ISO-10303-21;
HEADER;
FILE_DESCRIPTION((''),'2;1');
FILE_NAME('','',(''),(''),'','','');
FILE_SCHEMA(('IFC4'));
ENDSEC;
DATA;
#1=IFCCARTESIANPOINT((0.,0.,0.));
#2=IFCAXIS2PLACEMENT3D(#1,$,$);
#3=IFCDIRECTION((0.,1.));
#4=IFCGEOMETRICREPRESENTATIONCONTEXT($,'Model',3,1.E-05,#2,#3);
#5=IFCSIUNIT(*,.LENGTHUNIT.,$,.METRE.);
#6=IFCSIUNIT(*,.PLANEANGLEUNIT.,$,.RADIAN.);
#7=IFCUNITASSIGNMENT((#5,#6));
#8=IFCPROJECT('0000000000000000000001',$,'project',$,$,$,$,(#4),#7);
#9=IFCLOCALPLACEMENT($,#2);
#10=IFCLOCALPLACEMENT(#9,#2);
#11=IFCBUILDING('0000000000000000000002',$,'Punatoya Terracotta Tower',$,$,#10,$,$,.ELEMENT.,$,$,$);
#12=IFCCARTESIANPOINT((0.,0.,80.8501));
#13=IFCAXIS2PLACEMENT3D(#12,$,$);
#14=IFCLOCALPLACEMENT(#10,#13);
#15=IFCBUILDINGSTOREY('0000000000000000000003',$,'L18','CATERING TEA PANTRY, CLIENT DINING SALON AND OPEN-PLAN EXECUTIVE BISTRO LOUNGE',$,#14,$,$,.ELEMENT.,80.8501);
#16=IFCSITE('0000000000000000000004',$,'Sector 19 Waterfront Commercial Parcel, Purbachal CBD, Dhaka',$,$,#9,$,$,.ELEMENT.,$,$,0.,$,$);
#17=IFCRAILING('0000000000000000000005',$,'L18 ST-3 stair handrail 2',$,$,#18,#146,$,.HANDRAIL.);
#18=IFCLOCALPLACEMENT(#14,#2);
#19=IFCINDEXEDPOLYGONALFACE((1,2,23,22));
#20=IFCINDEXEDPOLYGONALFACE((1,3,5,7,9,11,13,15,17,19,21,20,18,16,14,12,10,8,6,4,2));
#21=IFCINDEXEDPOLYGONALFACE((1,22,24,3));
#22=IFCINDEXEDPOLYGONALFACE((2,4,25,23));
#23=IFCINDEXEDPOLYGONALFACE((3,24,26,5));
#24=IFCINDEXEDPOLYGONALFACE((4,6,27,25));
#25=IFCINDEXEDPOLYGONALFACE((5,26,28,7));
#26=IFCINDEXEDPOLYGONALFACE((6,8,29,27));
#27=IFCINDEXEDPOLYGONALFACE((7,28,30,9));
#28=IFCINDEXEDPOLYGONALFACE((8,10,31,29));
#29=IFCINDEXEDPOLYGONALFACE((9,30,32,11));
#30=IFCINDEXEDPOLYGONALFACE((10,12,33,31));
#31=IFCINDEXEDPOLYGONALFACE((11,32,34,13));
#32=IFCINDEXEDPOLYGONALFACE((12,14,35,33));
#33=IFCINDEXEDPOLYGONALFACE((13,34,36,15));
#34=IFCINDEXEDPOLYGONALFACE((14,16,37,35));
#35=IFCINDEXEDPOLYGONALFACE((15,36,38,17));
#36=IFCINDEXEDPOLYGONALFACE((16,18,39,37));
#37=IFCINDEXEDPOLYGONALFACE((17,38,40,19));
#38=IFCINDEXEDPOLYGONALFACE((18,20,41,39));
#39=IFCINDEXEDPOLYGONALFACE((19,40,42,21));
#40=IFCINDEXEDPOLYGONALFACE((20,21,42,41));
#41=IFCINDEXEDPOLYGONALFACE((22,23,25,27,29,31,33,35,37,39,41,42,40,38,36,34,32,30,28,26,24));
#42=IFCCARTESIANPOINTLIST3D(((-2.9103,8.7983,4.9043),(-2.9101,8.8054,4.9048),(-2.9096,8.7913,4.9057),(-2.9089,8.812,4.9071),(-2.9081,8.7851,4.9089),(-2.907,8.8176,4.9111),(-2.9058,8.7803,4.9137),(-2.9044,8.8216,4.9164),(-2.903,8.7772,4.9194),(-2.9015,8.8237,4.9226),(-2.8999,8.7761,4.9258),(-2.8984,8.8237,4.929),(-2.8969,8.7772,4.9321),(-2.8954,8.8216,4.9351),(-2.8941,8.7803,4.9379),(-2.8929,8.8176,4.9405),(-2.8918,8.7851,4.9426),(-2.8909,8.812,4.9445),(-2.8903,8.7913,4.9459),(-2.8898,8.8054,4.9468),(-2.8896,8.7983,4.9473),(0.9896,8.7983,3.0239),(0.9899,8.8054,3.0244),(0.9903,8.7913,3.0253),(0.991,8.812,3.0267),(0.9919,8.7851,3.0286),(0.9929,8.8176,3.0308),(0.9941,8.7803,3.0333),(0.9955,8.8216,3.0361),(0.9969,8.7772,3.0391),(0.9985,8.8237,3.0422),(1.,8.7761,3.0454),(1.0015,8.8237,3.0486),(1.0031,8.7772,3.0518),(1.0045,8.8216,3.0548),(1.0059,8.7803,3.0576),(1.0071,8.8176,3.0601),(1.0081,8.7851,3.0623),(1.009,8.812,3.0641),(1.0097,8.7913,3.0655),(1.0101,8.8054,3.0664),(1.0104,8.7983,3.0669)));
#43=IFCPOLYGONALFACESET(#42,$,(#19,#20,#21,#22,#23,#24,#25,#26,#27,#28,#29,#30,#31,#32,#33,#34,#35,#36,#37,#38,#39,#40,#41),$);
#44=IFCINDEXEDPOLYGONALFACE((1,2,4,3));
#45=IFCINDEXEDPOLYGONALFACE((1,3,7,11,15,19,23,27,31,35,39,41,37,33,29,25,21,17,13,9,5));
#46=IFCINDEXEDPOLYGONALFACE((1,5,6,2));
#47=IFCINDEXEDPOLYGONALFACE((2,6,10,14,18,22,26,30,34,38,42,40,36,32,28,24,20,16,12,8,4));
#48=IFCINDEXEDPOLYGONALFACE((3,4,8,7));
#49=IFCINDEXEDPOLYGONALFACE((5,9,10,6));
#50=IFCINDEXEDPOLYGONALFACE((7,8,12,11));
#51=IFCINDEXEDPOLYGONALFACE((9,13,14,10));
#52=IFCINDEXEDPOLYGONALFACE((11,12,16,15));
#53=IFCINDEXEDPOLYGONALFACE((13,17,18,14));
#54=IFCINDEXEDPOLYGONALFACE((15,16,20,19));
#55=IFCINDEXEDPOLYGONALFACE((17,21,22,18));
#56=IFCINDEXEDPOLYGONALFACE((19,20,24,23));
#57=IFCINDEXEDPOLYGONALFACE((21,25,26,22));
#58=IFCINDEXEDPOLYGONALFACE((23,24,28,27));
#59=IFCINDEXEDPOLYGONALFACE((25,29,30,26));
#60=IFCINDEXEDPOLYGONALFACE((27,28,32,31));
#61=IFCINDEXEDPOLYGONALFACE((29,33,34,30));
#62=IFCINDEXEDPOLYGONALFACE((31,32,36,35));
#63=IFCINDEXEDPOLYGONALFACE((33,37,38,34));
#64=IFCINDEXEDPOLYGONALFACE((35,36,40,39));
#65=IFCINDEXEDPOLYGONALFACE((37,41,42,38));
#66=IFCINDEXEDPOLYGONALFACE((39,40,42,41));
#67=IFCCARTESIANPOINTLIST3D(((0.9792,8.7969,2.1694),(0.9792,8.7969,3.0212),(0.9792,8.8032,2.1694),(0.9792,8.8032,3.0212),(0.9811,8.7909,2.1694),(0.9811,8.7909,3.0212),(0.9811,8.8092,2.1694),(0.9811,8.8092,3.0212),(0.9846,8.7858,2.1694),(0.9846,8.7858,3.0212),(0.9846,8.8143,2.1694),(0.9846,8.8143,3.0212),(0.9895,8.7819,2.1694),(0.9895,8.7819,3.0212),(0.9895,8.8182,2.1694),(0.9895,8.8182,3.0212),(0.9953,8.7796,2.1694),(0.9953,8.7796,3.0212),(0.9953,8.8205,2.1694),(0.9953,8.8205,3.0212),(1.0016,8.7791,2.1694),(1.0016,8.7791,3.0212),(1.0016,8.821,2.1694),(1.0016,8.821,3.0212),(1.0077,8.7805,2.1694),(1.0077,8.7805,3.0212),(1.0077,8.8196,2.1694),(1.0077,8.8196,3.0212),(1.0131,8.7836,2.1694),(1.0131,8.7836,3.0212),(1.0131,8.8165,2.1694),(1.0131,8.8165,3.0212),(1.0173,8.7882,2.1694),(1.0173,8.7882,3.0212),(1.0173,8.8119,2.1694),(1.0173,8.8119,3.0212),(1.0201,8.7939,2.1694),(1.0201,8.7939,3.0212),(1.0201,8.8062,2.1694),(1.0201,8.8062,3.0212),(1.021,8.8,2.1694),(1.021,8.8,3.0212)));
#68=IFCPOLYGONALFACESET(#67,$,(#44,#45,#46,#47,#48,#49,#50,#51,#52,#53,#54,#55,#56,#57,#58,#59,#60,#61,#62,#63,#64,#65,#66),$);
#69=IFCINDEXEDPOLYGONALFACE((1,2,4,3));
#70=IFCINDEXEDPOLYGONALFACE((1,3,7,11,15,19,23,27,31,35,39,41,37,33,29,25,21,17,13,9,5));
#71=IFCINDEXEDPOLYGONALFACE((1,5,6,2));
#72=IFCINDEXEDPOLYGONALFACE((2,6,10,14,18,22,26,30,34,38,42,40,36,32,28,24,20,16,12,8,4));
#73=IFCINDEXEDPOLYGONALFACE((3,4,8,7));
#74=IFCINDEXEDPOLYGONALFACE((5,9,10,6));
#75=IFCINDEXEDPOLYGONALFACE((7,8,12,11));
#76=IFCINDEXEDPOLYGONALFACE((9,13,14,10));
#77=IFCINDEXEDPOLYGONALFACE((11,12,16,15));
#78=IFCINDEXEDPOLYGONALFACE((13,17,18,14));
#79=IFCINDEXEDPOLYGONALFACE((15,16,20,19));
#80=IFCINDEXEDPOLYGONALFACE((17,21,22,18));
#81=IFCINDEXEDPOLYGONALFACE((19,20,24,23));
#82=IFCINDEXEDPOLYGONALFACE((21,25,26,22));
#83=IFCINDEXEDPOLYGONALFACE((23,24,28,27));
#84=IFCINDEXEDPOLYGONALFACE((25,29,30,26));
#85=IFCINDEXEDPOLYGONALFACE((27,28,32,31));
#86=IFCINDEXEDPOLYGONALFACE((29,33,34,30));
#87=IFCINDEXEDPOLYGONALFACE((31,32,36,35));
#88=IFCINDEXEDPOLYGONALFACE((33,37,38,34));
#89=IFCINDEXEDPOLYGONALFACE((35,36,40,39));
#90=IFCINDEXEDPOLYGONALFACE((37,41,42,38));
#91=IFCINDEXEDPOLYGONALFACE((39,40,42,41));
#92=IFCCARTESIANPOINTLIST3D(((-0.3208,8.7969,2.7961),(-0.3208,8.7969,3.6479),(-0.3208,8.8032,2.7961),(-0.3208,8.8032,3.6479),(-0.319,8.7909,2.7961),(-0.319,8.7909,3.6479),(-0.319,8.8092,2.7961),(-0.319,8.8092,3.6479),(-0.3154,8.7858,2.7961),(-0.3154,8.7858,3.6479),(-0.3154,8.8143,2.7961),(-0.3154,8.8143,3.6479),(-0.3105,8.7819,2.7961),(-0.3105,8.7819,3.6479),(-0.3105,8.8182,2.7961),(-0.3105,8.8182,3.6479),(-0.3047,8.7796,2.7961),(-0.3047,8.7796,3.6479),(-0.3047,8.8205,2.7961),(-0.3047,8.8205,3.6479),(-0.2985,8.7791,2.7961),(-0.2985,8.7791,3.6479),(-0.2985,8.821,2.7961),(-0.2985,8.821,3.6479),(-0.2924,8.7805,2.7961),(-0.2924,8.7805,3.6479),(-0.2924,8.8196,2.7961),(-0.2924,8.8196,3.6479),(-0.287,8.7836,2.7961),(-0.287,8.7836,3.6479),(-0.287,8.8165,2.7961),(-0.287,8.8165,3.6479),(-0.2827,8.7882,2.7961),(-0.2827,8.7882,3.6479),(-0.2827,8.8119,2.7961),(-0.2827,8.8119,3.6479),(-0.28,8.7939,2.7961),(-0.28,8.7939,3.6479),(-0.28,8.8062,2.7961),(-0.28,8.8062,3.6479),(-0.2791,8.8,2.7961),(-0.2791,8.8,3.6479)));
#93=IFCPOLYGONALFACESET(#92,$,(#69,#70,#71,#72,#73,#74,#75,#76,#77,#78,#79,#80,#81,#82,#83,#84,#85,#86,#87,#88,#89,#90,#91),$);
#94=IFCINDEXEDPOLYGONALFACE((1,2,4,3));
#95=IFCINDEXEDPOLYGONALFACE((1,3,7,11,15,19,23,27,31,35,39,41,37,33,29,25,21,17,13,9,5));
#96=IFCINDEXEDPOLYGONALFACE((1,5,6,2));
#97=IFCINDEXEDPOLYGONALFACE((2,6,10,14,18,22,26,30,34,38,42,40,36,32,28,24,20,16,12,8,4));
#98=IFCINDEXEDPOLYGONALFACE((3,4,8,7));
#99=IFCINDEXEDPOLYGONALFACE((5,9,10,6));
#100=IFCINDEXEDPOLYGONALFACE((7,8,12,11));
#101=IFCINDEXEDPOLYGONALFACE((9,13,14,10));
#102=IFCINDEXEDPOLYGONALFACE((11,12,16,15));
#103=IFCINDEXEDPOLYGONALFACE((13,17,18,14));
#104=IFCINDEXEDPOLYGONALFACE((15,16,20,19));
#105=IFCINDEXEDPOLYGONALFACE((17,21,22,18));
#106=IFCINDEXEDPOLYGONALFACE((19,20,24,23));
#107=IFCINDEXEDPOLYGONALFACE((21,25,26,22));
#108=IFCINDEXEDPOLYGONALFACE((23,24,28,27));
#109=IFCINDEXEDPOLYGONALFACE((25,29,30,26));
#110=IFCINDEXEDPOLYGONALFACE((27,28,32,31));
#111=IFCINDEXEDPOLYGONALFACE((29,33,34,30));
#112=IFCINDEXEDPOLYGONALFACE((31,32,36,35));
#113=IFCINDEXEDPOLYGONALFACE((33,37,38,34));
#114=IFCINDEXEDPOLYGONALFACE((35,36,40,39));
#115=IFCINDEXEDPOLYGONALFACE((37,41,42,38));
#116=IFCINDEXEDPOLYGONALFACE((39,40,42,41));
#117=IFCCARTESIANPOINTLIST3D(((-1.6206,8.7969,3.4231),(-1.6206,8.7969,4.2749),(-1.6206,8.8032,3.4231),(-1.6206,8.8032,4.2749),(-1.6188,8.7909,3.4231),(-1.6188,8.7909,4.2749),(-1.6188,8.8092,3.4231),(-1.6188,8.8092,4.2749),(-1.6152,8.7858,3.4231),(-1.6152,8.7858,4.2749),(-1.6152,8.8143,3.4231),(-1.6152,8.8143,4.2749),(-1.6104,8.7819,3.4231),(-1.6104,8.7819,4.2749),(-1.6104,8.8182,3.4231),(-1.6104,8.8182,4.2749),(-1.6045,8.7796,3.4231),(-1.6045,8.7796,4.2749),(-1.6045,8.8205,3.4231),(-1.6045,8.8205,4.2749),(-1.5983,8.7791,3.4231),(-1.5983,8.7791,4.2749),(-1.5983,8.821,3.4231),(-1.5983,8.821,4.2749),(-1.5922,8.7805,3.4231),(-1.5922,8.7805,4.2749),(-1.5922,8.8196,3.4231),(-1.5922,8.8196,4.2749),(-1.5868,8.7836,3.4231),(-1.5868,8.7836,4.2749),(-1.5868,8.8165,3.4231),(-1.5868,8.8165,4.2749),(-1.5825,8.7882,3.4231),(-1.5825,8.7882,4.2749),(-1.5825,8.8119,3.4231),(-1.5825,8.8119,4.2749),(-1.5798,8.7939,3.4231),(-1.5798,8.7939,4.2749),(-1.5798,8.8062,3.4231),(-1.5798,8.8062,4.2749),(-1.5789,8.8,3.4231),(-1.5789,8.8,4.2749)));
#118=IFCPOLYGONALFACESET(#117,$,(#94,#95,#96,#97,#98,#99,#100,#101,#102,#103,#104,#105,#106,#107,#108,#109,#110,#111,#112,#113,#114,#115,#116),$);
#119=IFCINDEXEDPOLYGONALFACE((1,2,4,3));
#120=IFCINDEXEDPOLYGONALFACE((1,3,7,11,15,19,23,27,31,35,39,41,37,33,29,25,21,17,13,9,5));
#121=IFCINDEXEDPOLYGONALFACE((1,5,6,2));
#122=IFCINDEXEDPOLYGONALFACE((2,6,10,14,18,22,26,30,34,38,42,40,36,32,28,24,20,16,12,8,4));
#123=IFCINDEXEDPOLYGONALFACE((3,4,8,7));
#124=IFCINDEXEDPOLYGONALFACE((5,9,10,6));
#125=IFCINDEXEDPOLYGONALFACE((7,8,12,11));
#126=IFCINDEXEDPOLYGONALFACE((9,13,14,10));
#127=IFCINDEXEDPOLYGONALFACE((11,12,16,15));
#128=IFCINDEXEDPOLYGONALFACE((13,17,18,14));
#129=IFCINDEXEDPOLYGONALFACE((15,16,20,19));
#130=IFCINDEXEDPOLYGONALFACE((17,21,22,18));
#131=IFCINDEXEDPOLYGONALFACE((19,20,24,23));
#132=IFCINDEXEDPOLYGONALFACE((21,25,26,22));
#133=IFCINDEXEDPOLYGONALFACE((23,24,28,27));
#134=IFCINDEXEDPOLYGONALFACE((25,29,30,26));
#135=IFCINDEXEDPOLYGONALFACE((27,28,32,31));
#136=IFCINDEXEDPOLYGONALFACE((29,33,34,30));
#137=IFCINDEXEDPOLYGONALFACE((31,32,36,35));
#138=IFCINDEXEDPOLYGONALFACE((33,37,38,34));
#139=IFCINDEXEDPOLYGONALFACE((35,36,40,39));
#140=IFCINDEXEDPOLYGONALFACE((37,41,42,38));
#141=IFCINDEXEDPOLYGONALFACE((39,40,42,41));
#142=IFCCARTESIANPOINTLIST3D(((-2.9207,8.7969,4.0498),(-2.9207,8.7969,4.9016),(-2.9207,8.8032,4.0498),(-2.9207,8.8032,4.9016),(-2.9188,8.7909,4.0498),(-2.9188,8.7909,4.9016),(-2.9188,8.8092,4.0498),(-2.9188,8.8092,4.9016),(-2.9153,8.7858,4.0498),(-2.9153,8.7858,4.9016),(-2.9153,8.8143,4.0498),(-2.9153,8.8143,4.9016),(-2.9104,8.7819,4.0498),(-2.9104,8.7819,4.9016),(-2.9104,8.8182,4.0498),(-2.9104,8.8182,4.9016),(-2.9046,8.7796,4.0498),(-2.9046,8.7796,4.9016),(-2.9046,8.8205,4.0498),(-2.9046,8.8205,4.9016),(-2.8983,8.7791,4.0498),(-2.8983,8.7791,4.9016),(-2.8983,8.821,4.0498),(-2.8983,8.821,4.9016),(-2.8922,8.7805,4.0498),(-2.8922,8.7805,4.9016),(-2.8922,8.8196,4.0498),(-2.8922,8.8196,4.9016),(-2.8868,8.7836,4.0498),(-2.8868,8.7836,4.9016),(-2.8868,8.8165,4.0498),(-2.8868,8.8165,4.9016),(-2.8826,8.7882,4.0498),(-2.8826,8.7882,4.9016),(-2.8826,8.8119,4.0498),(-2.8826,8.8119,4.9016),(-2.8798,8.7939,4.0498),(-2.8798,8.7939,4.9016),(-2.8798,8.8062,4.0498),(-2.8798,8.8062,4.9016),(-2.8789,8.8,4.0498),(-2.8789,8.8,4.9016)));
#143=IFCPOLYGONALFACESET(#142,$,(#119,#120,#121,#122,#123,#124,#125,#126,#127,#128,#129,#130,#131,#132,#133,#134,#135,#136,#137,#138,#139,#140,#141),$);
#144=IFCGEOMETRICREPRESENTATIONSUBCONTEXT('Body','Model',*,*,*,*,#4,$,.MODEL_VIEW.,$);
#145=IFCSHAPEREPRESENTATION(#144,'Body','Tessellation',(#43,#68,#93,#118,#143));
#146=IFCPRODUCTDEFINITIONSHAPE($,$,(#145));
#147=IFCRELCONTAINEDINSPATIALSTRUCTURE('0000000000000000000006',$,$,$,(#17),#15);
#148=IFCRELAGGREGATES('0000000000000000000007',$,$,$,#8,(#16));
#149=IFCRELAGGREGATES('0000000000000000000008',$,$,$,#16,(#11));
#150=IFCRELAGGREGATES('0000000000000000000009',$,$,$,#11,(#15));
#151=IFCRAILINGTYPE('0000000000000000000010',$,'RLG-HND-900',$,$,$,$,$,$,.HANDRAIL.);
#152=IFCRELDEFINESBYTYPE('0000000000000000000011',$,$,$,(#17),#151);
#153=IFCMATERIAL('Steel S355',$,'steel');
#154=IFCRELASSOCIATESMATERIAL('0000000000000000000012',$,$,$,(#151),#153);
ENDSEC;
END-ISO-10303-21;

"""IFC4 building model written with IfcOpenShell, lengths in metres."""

from ifc_helpers import new_model, si_unit, direction, frame, origin, origin_2d, place, context, subcontext, project, spatial, circle, extrude, material, type_object, element, save


model = new_model("IFC4")

# Units and contexts
model_context = context("Model", 3, precision=1e-05, world=origin(), true_north=direction((0.0, 1.0)))
body_context = subcontext(model_context, "Body", "Model", "MODEL_VIEW")
ifc_project = project(units=[si_unit("LENGTHUNIT", "METRE"), si_unit("PLANEANGLEUNIT", "RADIAN")], contexts=[model_context])

# Site, building, storey
site_placement = place(None, origin())
site = spatial("IfcSite", under=ifc_project, at=site_placement, Name="Sector 19 Waterfront Commercial Parcel, Purbachal CBD, Dhaka", CompositionType="ELEMENT", RefElevation=0.0)
building_placement = place(site_placement, origin())
building = spatial("IfcBuilding", under=site, at=building_placement, Name="Punatoya Terracotta Tower", CompositionType="ELEMENT")
storey_placement = place(building_placement, frame((0.0, 0.0, 80.8501)))
storey = spatial("IfcBuildingStorey", under=building, at=storey_placement, Name="L18", Description="CATERING TEA PANTRY, CLIENT DINING SALON AND OPEN-PLAN EXECUTIVE BISTRO LOUNGE", CompositionType="ELEMENT", Elevation=80.8501)

# Shared definitions
ifc_material_1 = material(Name="Steel S355", Category="steel")

# Railing
railing_type_1 = type_object("IfcRailingType", Name="RLG-HND-900", PredefinedType="HANDRAIL", material=ifc_material_1)
railing_1_placement = place(storey_placement, frame((1.0, 8.8, 2.1694)))
element("IfcRailing", 1, at=railing_1_placement, inside=storey, type_object=railing_type_1, Name="L18 ST-3 stair handrail 2", PredefinedType="HANDRAIL", context=body_context, shape_type="SweptSolid", body=[
    extrude(circle(Radius=0.0239, at=origin_2d()), frame((0.0, 0.0, 0.876), z_axis=(-0.900763, 0.0, 0.434311), x_axis=(0.0, -1.0, 0.0)), (0.0, 0.0, 1.0), 4.3296),
    extrude(circle(Radius=0.021, at=origin_2d()), origin(), (0.0, 0.0, 1.0), 0.8518),
    extrude(circle(Radius=0.021, at=origin_2d()), frame((-1.3, 0.0, 0.6267)), (0.0, 0.0, 1.0), 0.8518),
    extrude(circle(Radius=0.021, at=origin_2d()), frame((-2.5999, 0.0, 1.2537)), (0.0, 0.0, 1.0), 0.8518),
    extrude(circle(Radius=0.021, at=origin_2d()), frame((-3.8999, 0.0, 1.8804)), (0.0, 0.0, 1.0), 0.8518),
])

save(model, "model.ifc")
